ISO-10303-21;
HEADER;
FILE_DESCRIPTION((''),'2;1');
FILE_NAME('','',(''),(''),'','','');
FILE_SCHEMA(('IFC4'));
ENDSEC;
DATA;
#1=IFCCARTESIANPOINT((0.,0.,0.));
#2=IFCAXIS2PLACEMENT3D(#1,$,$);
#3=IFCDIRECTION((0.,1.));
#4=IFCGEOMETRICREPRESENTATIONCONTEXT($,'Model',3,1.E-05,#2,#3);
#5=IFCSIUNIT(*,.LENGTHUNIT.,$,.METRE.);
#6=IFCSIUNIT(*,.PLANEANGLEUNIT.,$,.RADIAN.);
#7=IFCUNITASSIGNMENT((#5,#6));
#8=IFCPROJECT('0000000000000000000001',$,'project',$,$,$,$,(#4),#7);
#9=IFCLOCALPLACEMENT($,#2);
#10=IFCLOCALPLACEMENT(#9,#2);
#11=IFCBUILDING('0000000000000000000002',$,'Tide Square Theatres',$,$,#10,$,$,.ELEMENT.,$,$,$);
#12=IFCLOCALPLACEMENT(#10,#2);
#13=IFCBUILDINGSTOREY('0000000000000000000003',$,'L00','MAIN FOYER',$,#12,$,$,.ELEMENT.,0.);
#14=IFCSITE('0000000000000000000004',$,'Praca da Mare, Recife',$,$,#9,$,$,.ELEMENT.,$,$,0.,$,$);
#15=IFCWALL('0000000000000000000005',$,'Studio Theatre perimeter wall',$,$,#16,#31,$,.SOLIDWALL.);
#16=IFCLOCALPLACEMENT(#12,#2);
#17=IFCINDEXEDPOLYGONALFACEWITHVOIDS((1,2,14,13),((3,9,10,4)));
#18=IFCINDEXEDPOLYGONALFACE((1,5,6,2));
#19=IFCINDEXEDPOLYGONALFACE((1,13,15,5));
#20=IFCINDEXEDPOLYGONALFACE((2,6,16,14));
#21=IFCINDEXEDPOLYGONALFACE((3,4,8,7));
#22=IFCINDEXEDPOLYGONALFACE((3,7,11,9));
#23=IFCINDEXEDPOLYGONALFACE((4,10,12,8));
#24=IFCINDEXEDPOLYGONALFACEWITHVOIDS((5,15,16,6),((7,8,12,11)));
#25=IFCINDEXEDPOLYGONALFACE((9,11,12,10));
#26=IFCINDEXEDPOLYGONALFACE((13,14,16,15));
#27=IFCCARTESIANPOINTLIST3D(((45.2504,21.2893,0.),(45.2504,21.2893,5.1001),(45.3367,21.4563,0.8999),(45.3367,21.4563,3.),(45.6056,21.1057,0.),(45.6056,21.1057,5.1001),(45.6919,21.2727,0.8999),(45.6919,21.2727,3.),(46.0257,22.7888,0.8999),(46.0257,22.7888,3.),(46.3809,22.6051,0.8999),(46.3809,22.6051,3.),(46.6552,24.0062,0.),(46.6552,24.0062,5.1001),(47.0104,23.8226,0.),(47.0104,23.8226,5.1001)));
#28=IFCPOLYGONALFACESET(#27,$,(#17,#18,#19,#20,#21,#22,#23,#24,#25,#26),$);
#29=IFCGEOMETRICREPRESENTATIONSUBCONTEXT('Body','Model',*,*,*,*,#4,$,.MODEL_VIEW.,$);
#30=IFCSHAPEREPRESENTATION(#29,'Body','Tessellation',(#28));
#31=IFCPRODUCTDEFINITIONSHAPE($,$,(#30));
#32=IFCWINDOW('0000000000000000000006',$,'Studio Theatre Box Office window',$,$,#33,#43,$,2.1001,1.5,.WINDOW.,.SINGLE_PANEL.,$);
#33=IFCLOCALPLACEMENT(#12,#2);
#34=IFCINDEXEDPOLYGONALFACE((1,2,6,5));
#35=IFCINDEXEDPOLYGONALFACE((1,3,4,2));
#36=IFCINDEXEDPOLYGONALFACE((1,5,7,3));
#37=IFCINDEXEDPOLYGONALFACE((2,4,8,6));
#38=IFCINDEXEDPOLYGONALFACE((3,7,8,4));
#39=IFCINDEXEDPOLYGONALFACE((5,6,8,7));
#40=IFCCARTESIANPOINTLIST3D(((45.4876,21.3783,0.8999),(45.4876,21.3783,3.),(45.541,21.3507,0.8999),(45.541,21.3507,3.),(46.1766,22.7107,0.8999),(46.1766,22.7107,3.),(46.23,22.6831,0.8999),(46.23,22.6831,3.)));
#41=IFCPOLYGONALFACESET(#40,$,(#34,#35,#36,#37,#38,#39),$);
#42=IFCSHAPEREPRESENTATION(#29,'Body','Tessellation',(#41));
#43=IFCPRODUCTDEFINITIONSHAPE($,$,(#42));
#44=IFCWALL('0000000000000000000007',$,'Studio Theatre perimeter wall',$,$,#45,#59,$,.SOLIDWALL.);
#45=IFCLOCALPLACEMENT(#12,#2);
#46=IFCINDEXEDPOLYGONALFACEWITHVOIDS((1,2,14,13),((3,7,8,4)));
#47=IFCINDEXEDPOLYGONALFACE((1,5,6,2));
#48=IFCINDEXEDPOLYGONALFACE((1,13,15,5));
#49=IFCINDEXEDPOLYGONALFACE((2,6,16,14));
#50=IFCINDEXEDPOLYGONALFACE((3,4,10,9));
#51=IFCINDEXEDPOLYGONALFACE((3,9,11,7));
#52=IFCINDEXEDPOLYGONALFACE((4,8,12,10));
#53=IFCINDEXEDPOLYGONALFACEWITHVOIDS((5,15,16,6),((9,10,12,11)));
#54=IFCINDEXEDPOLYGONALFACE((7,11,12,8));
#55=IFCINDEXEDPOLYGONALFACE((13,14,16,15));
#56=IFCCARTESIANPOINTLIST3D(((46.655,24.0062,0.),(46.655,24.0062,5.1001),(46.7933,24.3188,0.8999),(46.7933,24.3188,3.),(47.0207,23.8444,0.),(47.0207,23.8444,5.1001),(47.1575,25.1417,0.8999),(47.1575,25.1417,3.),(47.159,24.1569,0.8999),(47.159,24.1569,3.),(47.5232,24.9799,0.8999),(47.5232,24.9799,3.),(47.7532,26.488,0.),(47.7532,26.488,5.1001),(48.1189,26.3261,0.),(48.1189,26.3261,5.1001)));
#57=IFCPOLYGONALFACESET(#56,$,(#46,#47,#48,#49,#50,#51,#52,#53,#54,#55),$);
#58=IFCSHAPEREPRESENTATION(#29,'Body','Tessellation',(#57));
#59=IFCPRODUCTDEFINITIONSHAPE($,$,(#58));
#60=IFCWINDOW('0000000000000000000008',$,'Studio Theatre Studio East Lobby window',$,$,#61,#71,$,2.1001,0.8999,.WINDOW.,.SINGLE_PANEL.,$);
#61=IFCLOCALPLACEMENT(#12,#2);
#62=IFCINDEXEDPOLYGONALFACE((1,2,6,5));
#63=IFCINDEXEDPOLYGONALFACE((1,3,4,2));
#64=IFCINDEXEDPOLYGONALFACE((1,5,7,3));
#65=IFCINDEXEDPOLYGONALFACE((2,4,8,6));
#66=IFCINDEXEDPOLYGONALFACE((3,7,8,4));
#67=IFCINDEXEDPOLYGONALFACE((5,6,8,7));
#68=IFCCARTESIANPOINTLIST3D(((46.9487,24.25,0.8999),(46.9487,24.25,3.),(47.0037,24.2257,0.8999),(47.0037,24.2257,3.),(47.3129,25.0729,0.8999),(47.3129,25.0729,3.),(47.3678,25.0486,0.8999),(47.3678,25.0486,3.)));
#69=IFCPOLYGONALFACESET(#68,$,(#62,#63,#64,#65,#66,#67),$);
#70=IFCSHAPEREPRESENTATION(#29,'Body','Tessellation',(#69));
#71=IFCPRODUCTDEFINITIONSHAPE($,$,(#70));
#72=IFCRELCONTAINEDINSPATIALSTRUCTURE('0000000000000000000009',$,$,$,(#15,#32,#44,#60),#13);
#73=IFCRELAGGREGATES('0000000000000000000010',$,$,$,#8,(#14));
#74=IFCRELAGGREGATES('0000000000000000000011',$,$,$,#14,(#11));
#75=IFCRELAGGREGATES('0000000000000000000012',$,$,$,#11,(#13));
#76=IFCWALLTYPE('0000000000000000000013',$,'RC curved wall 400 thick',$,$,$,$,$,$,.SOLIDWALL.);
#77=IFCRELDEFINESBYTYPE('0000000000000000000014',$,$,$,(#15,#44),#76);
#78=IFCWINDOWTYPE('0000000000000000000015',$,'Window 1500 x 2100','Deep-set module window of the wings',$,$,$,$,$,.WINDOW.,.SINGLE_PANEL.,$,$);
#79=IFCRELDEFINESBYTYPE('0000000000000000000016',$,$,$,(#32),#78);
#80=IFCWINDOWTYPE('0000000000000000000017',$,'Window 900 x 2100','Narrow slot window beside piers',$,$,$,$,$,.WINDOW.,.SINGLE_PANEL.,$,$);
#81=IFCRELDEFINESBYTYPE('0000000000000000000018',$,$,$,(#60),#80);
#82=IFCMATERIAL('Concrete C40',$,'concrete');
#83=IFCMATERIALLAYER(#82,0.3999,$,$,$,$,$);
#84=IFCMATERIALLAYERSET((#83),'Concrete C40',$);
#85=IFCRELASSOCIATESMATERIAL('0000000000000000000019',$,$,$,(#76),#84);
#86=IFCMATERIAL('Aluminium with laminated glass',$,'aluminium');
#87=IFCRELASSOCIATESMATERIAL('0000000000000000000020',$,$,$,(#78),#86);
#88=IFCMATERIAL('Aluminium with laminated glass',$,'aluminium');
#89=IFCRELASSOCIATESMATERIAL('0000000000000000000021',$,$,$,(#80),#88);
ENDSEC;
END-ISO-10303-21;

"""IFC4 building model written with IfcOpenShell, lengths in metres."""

from ifc_helpers import new_model, si_unit, direction, frame, frame_2d, origin, place, context, subcontext, project, spatial, rectangle, extrude, material, layer, layer_set, type_object, element, fill, save


model = new_model("IFC4")

# Units and contexts
model_context = context("Model", 3, precision=1e-05, world=origin(), true_north=direction((0.0, 1.0)))
body_context = subcontext(model_context, "Body", "Model", "MODEL_VIEW")
ifc_project = project(units=[si_unit("LENGTHUNIT", "METRE"), si_unit("PLANEANGLEUNIT", "RADIAN")], contexts=[model_context])

# Site, building, storey
site_placement = place(None, origin())
site = spatial("IfcSite", under=ifc_project, at=site_placement, Name="Praca da Mare, Recife", CompositionType="ELEMENT", RefElevation=0.0)
building_placement = place(site_placement, origin())
building = spatial("IfcBuilding", under=site, at=building_placement, Name="Tide Square Theatres", CompositionType="ELEMENT")
storey_placement = place(building_placement, origin())
storey = spatial("IfcBuildingStorey", under=building, at=storey_placement, Name="L00", Description="MAIN FOYER", CompositionType="ELEMENT", Elevation=0.0)

# Walls, openings, windows
ifc_material_1 = material(Name="Concrete C40", Category="concrete")
ifc_layer_1 = layer(ifc_material_1, 0.3999)
ifc_layer_set_1 = layer_set([ifc_layer_1], Name="Concrete C40")
wall_type_1 = type_object("IfcWallType", Name="RC curved wall 400 thick", PredefinedType="SOLIDWALL", material=ifc_layer_set_1)
wall_1_placement = place(storey_placement, frame((45.428, 21.1975, 0.0), z_axis=(0.0, 0.0, 1.0), x_axis=(0.459306, 0.888278, 0.0)))
wall_1 = element("IfcWall", 1, at=wall_1_placement, inside=storey, type_object=wall_type_1, Name="Studio Theatre perimeter wall", PredefinedType="SOLIDWALL", context=body_context, shape_type="SweptSolid", body=[
    extrude(rectangle(XDim=3.0586, YDim=0.3999, at=frame_2d((1.5293, 0.0))), origin(), (0.0, 0.0, 1.0), 5.1001),
])
opening_1_placement = place(wall_1_placement, frame((0.188, 0.0, 0.8999)))
opening_1 = element("IfcOpeningElement", 2, at=opening_1_placement, cuts=wall_1, PredefinedType="OPENING", context=body_context, shape_type="SweptSolid", body=[
    extrude(rectangle(XDim=1.5, YDim=2.1001, at=frame_2d((0.75, 1.05))), frame((0.0, 0.21, 0.0), z_axis=(0.0, -1.0, 0.0), x_axis=(1.0, 0.0, 0.0)), (0.0, 0.0, 1.0), 0.4199),
])
ifc_material_2 = material(Name="Aluminium with laminated glass", Category="aluminium")
window_type_1 = type_object("IfcWindowType", Name="Window 1500 x 2100", Description="Deep-set module window of the wings", PartitioningType="SINGLE_PANEL", PredefinedType="WINDOW", material=ifc_material_2)
window_1_placement = place(opening_1_placement, origin())
window_1 = element("IfcWindow", 3, at=window_1_placement, inside=storey, type_object=window_type_1, Name="Studio Theatre Box Office window", OverallHeight=2.1001, OverallWidth=1.5, PartitioningType="SINGLE_PANEL", PredefinedType="WINDOW", context=body_context, shape_type="SweptSolid", body=[
    extrude(rectangle(XDim=1.5, YDim=2.1001, at=frame_2d((0.75, 1.05))), frame((0.0, 0.03, 0.0), z_axis=(0.0, -1.0, 0.0), x_axis=(1.0, 0.0, 0.0)), (0.0, 0.0, 1.0), 0.0601),
])
fill(opening_1, window_1)
wall_2_placement = place(storey_placement, frame((46.8379, 23.9253, 0.0), z_axis=(0.0, 0.0, 1.0), x_axis=(0.404652, 0.914471, 0.0)))
wall_2 = element("IfcWall", 4, at=wall_2_placement, inside=storey, type_object=wall_type_1, Name="Studio Theatre perimeter wall", PredefinedType="SOLIDWALL", context=body_context, shape_type="SweptSolid", body=[
    extrude(rectangle(XDim=2.7139, YDim=0.3999, at=frame_2d((1.3569, 0.0))), origin(), (0.0, 0.0, 1.0), 5.1001),
])
opening_2_placement = place(wall_2_placement, frame((0.3418, 0.0, 0.8999)))
opening_2 = element("IfcOpeningElement", 5, at=opening_2_placement, cuts=wall_2, PredefinedType="OPENING", context=body_context, shape_type="SweptSolid", body=[
    extrude(rectangle(XDim=0.8999, YDim=2.1001, at=frame_2d((0.45, 1.05))), frame((0.0, 0.21, 0.0), z_axis=(0.0, -1.0, 0.0), x_axis=(1.0, 0.0, 0.0)), (0.0, 0.0, 1.0), 0.4199),
])
ifc_material_3 = material(Name="Aluminium with laminated glass", Category="aluminium")
window_type_2 = type_object("IfcWindowType", Name="Window 900 x 2100", Description="Narrow slot window beside piers", PartitioningType="SINGLE_PANEL", PredefinedType="WINDOW", material=ifc_material_3)
window_2_placement = place(opening_2_placement, origin())
window_2 = element("IfcWindow", 6, at=window_2_placement, inside=storey, type_object=window_type_2, Name="Studio Theatre Studio East Lobby window", OverallHeight=2.1001, OverallWidth=0.8999, PartitioningType="SINGLE_PANEL", PredefinedType="WINDOW", context=body_context, shape_type="SweptSolid", body=[
    extrude(rectangle(XDim=0.8999, YDim=2.1001, at=frame_2d((0.45, 1.05))), frame((0.0, 0.03, 0.0), z_axis=(0.0, -1.0, 0.0), x_axis=(1.0, 0.0, 0.0)), (0.0, 0.0, 1.0), 0.0601),
])
fill(opening_2, window_2)

save(model, "model.ifc")
